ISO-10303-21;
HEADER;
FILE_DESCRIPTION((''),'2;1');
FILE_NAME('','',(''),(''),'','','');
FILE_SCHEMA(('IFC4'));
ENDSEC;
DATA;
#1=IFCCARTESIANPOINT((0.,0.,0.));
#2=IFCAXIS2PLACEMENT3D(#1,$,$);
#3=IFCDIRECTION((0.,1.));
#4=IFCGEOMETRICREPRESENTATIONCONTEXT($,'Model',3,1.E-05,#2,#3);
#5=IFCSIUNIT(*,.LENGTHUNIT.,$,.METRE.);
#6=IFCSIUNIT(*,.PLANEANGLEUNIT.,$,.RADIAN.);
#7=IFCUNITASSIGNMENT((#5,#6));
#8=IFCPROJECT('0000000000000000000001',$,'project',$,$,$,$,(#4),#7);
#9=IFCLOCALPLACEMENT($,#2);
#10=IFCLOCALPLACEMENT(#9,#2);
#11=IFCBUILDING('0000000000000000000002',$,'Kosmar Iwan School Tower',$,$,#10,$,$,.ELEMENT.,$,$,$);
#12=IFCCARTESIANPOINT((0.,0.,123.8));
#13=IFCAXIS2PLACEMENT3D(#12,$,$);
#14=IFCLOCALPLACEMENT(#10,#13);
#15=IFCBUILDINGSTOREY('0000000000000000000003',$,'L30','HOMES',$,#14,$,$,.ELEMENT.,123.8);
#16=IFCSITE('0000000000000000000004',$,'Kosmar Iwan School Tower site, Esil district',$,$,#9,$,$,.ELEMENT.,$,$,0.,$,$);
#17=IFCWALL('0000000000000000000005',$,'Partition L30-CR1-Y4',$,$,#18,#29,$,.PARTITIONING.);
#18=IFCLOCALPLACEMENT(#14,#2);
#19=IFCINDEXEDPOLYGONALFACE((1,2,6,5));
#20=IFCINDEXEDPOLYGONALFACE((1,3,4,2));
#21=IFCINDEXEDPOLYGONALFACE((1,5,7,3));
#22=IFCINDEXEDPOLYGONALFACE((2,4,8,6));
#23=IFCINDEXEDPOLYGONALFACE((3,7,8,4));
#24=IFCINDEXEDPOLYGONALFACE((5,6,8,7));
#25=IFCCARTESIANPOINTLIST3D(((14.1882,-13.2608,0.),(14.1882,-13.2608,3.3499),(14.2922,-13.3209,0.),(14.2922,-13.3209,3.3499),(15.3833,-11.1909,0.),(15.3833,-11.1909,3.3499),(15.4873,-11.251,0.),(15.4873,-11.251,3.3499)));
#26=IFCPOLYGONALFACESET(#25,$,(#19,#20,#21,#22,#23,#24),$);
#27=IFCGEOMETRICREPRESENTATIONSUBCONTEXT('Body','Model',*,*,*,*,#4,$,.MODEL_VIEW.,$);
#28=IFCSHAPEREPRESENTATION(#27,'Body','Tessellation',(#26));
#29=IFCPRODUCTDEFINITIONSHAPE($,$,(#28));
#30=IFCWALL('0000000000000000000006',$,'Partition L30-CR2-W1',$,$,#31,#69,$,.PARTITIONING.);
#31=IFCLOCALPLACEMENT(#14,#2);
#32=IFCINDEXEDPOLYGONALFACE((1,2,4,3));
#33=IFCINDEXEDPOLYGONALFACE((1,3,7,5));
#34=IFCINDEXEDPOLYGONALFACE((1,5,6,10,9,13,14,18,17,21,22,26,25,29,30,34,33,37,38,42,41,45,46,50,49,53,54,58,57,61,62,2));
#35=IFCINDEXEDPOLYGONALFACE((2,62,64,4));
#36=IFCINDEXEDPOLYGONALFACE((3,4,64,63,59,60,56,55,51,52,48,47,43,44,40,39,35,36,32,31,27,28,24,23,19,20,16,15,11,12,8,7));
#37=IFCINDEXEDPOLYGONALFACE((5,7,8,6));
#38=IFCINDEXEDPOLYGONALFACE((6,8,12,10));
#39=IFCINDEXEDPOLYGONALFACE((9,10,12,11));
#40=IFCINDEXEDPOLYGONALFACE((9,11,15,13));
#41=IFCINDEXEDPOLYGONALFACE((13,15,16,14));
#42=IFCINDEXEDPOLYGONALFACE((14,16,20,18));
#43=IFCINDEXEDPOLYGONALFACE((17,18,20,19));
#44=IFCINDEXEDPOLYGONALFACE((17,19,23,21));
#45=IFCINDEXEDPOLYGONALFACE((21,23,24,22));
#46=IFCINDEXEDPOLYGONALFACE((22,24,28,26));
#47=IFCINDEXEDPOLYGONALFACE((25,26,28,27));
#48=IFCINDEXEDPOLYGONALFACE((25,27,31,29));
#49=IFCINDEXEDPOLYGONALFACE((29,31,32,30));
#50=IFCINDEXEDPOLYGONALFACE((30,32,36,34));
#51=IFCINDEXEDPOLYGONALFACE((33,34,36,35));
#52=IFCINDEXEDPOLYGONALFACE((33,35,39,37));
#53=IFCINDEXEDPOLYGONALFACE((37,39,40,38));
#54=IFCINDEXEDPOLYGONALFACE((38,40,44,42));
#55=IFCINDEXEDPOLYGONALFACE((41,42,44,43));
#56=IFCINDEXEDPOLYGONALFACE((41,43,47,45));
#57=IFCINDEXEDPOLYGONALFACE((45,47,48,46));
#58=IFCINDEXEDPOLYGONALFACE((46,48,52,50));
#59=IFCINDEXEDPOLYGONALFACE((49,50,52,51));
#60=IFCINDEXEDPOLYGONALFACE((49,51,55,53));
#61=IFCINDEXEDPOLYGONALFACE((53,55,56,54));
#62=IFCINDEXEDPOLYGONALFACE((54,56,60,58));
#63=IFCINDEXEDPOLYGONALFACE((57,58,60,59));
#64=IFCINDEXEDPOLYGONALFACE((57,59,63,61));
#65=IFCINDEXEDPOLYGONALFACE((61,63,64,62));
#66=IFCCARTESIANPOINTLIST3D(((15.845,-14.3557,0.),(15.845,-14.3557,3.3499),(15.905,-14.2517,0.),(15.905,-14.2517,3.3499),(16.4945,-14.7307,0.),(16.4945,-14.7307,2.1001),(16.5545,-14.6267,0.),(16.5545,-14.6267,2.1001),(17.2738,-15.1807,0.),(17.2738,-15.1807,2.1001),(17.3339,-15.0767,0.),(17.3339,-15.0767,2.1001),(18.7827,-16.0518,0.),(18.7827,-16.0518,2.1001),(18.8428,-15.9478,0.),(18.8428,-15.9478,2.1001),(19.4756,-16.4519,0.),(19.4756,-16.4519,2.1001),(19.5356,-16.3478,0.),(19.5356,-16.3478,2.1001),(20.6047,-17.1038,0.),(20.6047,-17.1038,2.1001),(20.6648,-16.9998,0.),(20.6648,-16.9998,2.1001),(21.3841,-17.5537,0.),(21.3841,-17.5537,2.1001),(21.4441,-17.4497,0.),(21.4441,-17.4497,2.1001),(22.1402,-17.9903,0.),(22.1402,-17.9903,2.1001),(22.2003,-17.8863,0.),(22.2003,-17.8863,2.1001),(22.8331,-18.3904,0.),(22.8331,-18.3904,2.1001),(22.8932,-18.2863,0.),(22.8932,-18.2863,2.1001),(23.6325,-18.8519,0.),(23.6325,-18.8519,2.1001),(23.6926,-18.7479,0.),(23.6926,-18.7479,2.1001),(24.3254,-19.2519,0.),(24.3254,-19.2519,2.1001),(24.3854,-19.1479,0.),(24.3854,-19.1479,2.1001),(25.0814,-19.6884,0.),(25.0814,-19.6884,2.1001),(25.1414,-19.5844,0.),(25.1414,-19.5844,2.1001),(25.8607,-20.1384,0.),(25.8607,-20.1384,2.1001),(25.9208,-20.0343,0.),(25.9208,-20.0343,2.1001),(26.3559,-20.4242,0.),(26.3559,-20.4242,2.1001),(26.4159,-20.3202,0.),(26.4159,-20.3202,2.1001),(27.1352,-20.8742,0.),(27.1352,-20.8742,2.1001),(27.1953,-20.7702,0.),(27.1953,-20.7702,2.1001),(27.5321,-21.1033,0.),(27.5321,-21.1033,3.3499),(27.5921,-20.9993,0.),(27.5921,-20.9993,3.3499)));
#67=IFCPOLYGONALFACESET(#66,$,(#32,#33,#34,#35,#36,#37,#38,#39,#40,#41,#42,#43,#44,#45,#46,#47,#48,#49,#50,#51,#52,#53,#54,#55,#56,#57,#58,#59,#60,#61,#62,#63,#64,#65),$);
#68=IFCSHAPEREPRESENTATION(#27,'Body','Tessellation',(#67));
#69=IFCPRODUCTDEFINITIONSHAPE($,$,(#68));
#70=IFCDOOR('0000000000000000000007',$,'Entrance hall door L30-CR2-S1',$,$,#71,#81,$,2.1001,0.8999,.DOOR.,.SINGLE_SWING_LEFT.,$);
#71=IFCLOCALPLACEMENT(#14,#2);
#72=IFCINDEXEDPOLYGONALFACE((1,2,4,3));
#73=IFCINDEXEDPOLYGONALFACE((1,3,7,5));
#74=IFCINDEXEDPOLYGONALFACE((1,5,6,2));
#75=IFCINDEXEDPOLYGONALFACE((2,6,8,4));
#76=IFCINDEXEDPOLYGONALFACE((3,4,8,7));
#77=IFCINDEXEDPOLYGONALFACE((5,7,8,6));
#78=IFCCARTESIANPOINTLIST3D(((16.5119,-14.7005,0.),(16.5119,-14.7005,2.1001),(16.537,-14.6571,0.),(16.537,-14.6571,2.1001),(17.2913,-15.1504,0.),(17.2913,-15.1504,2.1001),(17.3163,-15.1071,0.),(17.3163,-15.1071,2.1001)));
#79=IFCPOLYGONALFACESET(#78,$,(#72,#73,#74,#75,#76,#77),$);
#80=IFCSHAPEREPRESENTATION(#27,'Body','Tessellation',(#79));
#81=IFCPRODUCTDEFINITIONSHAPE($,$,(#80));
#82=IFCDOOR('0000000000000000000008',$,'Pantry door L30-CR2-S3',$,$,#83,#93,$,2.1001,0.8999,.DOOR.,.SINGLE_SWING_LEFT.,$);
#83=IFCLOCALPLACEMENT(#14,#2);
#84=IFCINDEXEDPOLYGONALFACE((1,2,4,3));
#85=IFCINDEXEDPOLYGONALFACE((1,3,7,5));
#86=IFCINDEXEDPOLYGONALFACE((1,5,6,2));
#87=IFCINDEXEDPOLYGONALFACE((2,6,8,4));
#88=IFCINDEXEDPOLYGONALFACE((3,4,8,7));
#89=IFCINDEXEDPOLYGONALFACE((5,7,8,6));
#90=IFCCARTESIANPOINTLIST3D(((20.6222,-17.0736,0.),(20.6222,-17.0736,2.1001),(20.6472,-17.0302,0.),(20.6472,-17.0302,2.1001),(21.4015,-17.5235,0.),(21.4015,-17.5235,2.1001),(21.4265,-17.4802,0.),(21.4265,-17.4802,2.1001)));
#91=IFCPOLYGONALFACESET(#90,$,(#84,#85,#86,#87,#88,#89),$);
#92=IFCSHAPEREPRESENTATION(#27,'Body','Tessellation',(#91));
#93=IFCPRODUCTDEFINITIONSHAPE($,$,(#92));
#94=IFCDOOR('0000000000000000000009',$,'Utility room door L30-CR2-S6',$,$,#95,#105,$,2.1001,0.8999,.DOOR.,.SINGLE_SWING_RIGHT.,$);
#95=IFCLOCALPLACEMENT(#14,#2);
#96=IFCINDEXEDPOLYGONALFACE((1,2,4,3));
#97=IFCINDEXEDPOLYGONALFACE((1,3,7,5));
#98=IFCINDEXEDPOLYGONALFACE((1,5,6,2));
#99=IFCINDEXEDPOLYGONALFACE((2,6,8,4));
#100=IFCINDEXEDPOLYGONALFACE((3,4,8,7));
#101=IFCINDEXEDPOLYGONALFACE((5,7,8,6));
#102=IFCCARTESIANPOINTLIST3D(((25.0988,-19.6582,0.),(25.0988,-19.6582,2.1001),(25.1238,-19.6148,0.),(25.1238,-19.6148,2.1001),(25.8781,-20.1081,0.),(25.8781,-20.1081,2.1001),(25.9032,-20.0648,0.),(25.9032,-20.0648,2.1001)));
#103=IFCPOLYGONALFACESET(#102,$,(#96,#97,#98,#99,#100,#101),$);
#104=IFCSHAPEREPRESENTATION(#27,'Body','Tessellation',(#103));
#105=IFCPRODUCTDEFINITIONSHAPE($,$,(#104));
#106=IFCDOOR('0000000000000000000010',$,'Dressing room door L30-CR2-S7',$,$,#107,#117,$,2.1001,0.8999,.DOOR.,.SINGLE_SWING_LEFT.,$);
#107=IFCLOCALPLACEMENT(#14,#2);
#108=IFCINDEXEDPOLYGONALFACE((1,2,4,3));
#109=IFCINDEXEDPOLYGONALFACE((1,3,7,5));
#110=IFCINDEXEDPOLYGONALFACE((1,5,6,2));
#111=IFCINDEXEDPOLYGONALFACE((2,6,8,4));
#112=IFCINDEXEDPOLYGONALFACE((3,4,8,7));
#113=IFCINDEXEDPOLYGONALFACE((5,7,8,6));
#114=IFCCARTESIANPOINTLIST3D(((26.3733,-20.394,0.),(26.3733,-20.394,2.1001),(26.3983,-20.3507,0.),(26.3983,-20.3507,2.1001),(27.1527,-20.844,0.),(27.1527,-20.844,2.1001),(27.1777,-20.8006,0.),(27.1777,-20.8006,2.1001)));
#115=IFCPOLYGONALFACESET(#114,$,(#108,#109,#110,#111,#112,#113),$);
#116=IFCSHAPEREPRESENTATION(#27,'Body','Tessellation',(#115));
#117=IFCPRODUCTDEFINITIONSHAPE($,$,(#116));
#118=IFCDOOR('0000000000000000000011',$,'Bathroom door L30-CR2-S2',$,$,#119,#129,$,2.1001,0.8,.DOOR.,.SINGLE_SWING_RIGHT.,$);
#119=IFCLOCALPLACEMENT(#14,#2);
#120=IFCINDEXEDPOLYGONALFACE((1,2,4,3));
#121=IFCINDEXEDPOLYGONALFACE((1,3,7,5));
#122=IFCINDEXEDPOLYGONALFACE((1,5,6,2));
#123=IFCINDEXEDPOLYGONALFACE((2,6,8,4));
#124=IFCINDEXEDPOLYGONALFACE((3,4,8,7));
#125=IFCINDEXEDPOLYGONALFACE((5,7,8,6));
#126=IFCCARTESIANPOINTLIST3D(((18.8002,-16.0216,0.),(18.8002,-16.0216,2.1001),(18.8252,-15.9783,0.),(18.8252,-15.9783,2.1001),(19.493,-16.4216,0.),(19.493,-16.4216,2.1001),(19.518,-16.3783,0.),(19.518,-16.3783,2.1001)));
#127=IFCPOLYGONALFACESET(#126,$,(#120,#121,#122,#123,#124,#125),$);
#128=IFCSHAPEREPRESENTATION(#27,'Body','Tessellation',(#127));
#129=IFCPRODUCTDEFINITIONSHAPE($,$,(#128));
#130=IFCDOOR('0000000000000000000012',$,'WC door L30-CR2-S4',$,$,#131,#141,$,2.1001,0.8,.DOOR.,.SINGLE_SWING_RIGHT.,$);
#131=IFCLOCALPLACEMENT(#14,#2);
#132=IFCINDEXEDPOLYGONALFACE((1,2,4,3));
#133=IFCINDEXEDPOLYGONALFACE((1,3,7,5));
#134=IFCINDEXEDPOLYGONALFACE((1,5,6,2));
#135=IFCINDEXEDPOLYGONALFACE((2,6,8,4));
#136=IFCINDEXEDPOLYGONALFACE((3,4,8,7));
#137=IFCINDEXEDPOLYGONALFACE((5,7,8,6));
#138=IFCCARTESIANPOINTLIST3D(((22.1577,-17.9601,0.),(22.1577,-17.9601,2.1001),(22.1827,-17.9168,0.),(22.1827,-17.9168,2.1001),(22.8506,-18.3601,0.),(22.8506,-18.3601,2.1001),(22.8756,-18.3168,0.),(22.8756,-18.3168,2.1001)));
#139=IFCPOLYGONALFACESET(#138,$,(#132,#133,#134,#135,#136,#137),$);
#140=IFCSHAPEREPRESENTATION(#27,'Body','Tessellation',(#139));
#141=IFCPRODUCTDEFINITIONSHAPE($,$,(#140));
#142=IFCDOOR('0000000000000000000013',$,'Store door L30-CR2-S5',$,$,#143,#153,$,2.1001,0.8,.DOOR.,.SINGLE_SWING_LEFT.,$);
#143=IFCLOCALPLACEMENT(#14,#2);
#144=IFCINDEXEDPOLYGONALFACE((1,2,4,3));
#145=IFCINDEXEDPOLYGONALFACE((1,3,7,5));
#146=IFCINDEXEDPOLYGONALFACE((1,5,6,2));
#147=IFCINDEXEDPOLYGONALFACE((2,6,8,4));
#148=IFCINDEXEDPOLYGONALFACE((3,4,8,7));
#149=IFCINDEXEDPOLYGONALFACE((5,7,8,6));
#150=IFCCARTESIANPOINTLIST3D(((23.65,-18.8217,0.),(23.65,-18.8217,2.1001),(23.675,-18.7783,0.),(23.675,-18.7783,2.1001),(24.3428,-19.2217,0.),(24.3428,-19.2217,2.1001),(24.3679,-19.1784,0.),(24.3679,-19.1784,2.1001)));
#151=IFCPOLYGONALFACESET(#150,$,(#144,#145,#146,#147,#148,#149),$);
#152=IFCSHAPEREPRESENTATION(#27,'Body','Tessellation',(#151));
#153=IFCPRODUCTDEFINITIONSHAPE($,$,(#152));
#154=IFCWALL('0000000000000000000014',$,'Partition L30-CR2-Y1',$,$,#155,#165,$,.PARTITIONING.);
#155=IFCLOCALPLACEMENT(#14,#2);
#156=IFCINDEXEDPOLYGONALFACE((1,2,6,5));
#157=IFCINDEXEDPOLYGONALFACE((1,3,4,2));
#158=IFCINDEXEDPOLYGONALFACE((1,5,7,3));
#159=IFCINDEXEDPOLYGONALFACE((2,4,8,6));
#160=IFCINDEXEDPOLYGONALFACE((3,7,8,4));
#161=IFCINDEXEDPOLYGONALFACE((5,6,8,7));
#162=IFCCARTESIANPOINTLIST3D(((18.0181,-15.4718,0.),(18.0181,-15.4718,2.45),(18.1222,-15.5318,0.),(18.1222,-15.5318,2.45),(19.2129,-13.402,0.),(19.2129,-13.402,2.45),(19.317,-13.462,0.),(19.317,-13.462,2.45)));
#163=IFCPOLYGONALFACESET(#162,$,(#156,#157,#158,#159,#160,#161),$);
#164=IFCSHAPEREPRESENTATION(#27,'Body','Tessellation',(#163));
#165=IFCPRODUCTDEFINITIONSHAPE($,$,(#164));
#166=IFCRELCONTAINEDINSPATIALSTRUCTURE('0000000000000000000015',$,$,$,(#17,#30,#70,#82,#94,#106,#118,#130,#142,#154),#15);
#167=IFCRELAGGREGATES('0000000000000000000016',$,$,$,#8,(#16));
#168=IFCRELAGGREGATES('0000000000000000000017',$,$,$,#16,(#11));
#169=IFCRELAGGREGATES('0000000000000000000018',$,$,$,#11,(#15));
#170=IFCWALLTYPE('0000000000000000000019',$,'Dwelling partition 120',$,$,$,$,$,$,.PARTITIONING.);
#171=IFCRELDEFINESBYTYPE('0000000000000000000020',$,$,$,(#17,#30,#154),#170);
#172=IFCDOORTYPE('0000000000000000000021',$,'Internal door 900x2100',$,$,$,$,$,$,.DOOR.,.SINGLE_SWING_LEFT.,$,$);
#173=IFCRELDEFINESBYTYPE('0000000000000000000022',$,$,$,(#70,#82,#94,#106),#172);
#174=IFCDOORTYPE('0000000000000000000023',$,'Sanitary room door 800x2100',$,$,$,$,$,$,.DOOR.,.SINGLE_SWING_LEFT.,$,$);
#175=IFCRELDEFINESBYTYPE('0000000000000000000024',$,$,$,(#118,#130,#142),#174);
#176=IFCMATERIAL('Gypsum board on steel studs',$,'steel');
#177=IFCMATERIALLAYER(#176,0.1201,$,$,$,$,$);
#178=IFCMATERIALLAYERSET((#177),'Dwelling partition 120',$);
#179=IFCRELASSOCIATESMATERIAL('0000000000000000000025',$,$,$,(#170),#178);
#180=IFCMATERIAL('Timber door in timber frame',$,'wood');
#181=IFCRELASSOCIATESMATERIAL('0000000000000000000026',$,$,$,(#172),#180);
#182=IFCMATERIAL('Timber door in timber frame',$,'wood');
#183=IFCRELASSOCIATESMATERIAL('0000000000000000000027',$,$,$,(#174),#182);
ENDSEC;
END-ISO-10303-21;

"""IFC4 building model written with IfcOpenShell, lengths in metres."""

from ifc_helpers import new_model, si_unit, direction, frame, frame_2d, origin, place, context, subcontext, project, spatial, rectangle, extrude, material, layer, layer_set, type_object, element, fill, save


model = new_model("IFC4")

# Units and contexts
model_context = context("Model", 3, precision=1e-05, world=origin(), true_north=direction((0.0, 1.0)))
body_context = subcontext(model_context, "Body", "Model", "MODEL_VIEW")
ifc_project = project(units=[si_unit("LENGTHUNIT", "METRE"), si_unit("PLANEANGLEUNIT", "RADIAN")], contexts=[model_context])

# Site, building, storey
site_placement = place(None, origin())
site = spatial("IfcSite", under=ifc_project, at=site_placement, Name="Kosmar Iwan School Tower site, Esil district", CompositionType="ELEMENT", RefElevation=0.0)
building_placement = place(site_placement, origin())
building = spatial("IfcBuilding", under=site, at=building_placement, Name="Kosmar Iwan School Tower", CompositionType="ELEMENT")
storey_placement = place(building_placement, frame((0.0, 0.0, 123.8)))
storey = spatial("IfcBuildingStorey", under=building, at=storey_placement, Name="L30", Description="HOMES", CompositionType="ELEMENT", Elevation=123.8)

# Shared definitions
ifc_material_1 = material(Name="Gypsum board on steel studs", Category="steel")
ifc_layer_1 = layer(ifc_material_1, 0.1201)
ifc_layer_set_1 = layer_set([ifc_layer_1], Name="Dwelling partition 120")
wall_type_1 = type_object("IfcWallType", Name="Dwelling partition 120", PredefinedType="PARTITIONING", material=ifc_layer_set_1)

# Shared definitions
ifc_material_2 = material(Name="Timber door in timber frame", Category="wood")
door_type_1 = type_object("IfcDoorType", Name="Internal door 900x2100", OperationType="SINGLE_SWING_LEFT", PredefinedType="DOOR", material=ifc_material_2)

# Wall
wall_1_placement = place(storey_placement, frame((15.4353, -11.2209, 0.0), z_axis=(0.0, 0.0, 1.0), x_axis=(-0.500017, -0.866015, 0.0)))
element("IfcWall", 1, at=wall_1_placement, inside=storey, type_object=wall_type_1, Name="Partition L30-CR1-Y4", PredefinedType="PARTITIONING", context=body_context, shape_type="SweptSolid", body=[
    extrude(rectangle(XDim=2.3901, YDim=0.1201, at=frame_2d((1.1951, 0.0))), origin(), (0.0, 0.0, 1.0), 3.3499),
])

# Wall, openings, doors
wall_2_placement = place(storey_placement, frame((15.875, -14.3037, 0.0), z_axis=(0.0, 0.0, 1.0), x_axis=(0.866024, -0.500003, 0.0)))
wall_2 = element("IfcWall", 2, at=wall_2_placement, inside=storey, type_object=wall_type_1, Name="Partition L30-CR2-W1", PredefinedType="PARTITIONING", context=body_context, shape_type="SweptSolid", body=[
    extrude(rectangle(XDim=13.4951, YDim=0.1201, at=frame_2d((6.7476, 0.0))), origin(), (0.0, 0.0, 1.0), 3.3499),
])
opening_1_placement = place(wall_2_placement, frame((0.75, 0.0, 0.0)))
opening_1 = element("IfcOpeningElement", 3, at=opening_1_placement, cuts=wall_2, PredefinedType="OPENING", context=body_context, shape_type="SweptSolid", body=[
    extrude(rectangle(XDim=0.8999, YDim=2.1001, at=frame_2d((0.45, 1.05))), frame((0.0, 0.072, 0.0), z_axis=(0.0, -1.0, 0.0), x_axis=(1.0, 0.0, 0.0)), (0.0, 0.0, 1.0), 0.144),
])
opening_2_placement = place(wall_2_placement, frame((3.3923, 0.0, 0.0)))
opening_2 = element("IfcOpeningElement", 4, at=opening_2_placement, cuts=wall_2, PredefinedType="OPENING", context=body_context, shape_type="SweptSolid", body=[
    extrude(rectangle(XDim=0.8, YDim=2.1001, at=frame_2d((0.3999, 1.05))), frame((0.0, 0.072, 0.0), z_axis=(0.0, -1.0, 0.0), x_axis=(1.0, 0.0, 0.0)), (0.0, 0.0, 1.0), 0.144),
])
opening_3_placement = place(wall_2_placement, frame((5.4961, 0.0, 0.0)))
opening_3 = element("IfcOpeningElement", 5, at=opening_3_placement, cuts=wall_2, PredefinedType="OPENING", context=body_context, shape_type="SweptSolid", body=[
    extrude(rectangle(XDim=0.8999, YDim=2.1001, at=frame_2d((0.45, 1.05))), frame((0.0, 0.072, 0.0), z_axis=(0.0, -1.0, 0.0), x_axis=(1.0, 0.0, 0.0)), (0.0, 0.0, 1.0), 0.144),
])
opening_4_placement = place(wall_2_placement, frame((7.2693, 0.0, 0.0)))
opening_4 = element("IfcOpeningElement", 6, at=opening_4_placement, cuts=wall_2, PredefinedType="OPENING", context=body_context, shape_type="SweptSolid", body=[
    extrude(rectangle(XDim=0.8, YDim=2.1001, at=frame_2d((0.3999, 1.05))), frame((0.0, 0.072, 0.0), z_axis=(0.0, -1.0, 0.0), x_axis=(1.0, 0.0, 0.0)), (0.0, 0.0, 1.0), 0.144),
])
opening_5_placement = place(wall_2_placement, frame((8.9924, 0.0, 0.0)))
opening_5 = element("IfcOpeningElement", 7, at=opening_5_placement, cuts=wall_2, PredefinedType="OPENING", context=body_context, shape_type="SweptSolid", body=[
    extrude(rectangle(XDim=0.8, YDim=2.1001, at=frame_2d((0.3999, 1.05))), frame((0.0, 0.072, 0.0), z_axis=(0.0, -1.0, 0.0), x_axis=(1.0, 0.0, 0.0)), (0.0, 0.0, 1.0), 0.144),
])
opening_6_placement = place(wall_2_placement, frame((10.6653, 0.0, 0.0)))
opening_6 = element("IfcOpeningElement", 8, at=opening_6_placement, cuts=wall_2, PredefinedType="OPENING", context=body_context, shape_type="SweptSolid", body=[
    extrude(rectangle(XDim=0.8999, YDim=2.1001, at=frame_2d((0.45, 1.05))), frame((0.0, 0.072, 0.0), z_axis=(0.0, -1.0, 0.0), x_axis=(1.0, 0.0, 0.0)), (0.0, 0.0, 1.0), 0.144),
])
opening_7_placement = place(wall_2_placement, frame((12.137, 0.0, 0.0)))
opening_7 = element("IfcOpeningElement", 9, at=opening_7_placement, cuts=wall_2, PredefinedType="OPENING", context=body_context, shape_type="SweptSolid", body=[
    extrude(rectangle(XDim=0.8999, YDim=2.1001, at=frame_2d((0.45, 1.05))), frame((0.0, 0.072, 0.0), z_axis=(0.0, -1.0, 0.0), x_axis=(1.0, 0.0, 0.0)), (0.0, 0.0, 1.0), 0.144),
])
door_1_placement = place(opening_1_placement, origin())
door_1 = element("IfcDoor", 10, at=door_1_placement, inside=storey, type_object=door_type_1, Name="Entrance hall door L30-CR2-S1", OperationType="SINGLE_SWING_LEFT", OverallHeight=2.1001, OverallWidth=0.8999, PredefinedType="DOOR", context=body_context, shape_type="SweptSolid", body=[
    extrude(rectangle(XDim=0.8999, YDim=2.1001, at=frame_2d((0.45, 1.05))), frame((0.0, 0.0249, 0.0), z_axis=(0.0, -1.0, 0.0), x_axis=(1.0, 0.0, 0.0)), (0.0, 0.0, 1.0), 0.05),
])
fill(opening_1, door_1)
door_2_placement = place(opening_3_placement, origin())
door_2 = element("IfcDoor", 11, at=door_2_placement, inside=storey, type_object=door_type_1, Name="Pantry door L30-CR2-S3", OperationType="SINGLE_SWING_LEFT", OverallHeight=2.1001, OverallWidth=0.8999, PredefinedType="DOOR", context=body_context, shape_type="SweptSolid", body=[
    extrude(rectangle(XDim=0.8999, YDim=2.1001, at=frame_2d((0.45, 1.05))), frame((0.0, 0.0249, 0.0), z_axis=(0.0, -1.0, 0.0), x_axis=(1.0, 0.0, 0.0)), (0.0, 0.0, 1.0), 0.05),
])
fill(opening_3, door_2)
door_3_placement = place(opening_6_placement, origin())
door_3 = element("IfcDoor", 12, at=door_3_placement, inside=storey, type_object=door_type_1, Name="Utility room door L30-CR2-S6", OperationType="SINGLE_SWING_RIGHT", OverallHeight=2.1001, OverallWidth=0.8999, PredefinedType="DOOR", context=body_context, shape_type="SweptSolid", body=[
    extrude(rectangle(XDim=0.8999, YDim=2.1001, at=frame_2d((0.45, 1.05))), frame((0.0, 0.0249, 0.0), z_axis=(0.0, -1.0, 0.0), x_axis=(1.0, 0.0, 0.0)), (0.0, 0.0, 1.0), 0.05),
])
fill(opening_6, door_3)
door_4_placement = place(opening_7_placement, origin())
door_4 = element("IfcDoor", 13, at=door_4_placement, inside=storey, type_object=door_type_1, Name="Dressing room door L30-CR2-S7", OperationType="SINGLE_SWING_LEFT", OverallHeight=2.1001, OverallWidth=0.8999, PredefinedType="DOOR", context=body_context, shape_type="SweptSolid", body=[
    extrude(rectangle(XDim=0.8999, YDim=2.1001, at=frame_2d((0.45, 1.05))), frame((0.0, 0.0249, 0.0), z_axis=(0.0, -1.0, 0.0), x_axis=(1.0, 0.0, 0.0)), (0.0, 0.0, 1.0), 0.05),
])
fill(opening_7, door_4)
ifc_material_3 = material(Name="Timber door in timber frame", Category="wood")
door_type_2 = type_object("IfcDoorType", Name="Sanitary room door 800x2100", OperationType="SINGLE_SWING_LEFT", PredefinedType="DOOR", material=ifc_material_3)
door_5_placement = place(opening_2_placement, origin())
door_5 = element("IfcDoor", 14, at=door_5_placement, inside=storey, type_object=door_type_2, Name="Bathroom door L30-CR2-S2", OperationType="SINGLE_SWING_RIGHT", OverallHeight=2.1001, OverallWidth=0.8, PredefinedType="DOOR", context=body_context, shape_type="SweptSolid", body=[
    extrude(rectangle(XDim=0.8, YDim=2.1001, at=frame_2d((0.3999, 1.05))), frame((0.0, 0.0249, 0.0), z_axis=(0.0, -1.0, 0.0), x_axis=(1.0, 0.0, 0.0)), (0.0, 0.0, 1.0), 0.05),
])
fill(opening_2, door_5)
door_6_placement = place(opening_4_placement, origin())
door_6 = element("IfcDoor", 15, at=door_6_placement, inside=storey, type_object=door_type_2, Name="WC door L30-CR2-S4", OperationType="SINGLE_SWING_RIGHT", OverallHeight=2.1001, OverallWidth=0.8, PredefinedType="DOOR", context=body_context, shape_type="SweptSolid", body=[
    extrude(rectangle(XDim=0.8, YDim=2.1001, at=frame_2d((0.3999, 1.05))), frame((0.0, 0.0249, 0.0), z_axis=(0.0, -1.0, 0.0), x_axis=(1.0, 0.0, 0.0)), (0.0, 0.0, 1.0), 0.05),
])
fill(opening_4, door_6)
door_7_placement = place(opening_5_placement, origin())
door_7 = element("IfcDoor", 16, at=door_7_placement, inside=storey, type_object=door_type_2, Name="Store door L30-CR2-S5", OperationType="SINGLE_SWING_LEFT", OverallHeight=2.1001, OverallWidth=0.8, PredefinedType="DOOR", context=body_context, shape_type="SweptSolid", body=[
    extrude(rectangle(XDim=0.8, YDim=2.1001, at=frame_2d((0.3999, 1.05))), frame((0.0, 0.0249, 0.0), z_axis=(0.0, -1.0, 0.0), x_axis=(1.0, 0.0, 0.0)), (0.0, 0.0, 1.0), 0.05),
])
fill(opening_5, door_7)

# Wall
wall_3_placement = place(storey_placement, frame((19.2649, -13.4321, 0.0), z_axis=(0.0, 0.0, 1.0), x_axis=(-0.499941, -0.86606, 0.0)))
element("IfcWall", 17, at=wall_3_placement, inside=storey, type_object=wall_type_1, Name="Partition L30-CR2-Y1", PredefinedType="PARTITIONING", context=body_context, shape_type="SweptSolid", body=[
    extrude(rectangle(XDim=2.3899, YDim=0.1201, at=frame_2d((1.1948, 0.0))), origin(), (0.0, 0.0, 1.0), 2.45),
])

save(model, "model.ifc")
